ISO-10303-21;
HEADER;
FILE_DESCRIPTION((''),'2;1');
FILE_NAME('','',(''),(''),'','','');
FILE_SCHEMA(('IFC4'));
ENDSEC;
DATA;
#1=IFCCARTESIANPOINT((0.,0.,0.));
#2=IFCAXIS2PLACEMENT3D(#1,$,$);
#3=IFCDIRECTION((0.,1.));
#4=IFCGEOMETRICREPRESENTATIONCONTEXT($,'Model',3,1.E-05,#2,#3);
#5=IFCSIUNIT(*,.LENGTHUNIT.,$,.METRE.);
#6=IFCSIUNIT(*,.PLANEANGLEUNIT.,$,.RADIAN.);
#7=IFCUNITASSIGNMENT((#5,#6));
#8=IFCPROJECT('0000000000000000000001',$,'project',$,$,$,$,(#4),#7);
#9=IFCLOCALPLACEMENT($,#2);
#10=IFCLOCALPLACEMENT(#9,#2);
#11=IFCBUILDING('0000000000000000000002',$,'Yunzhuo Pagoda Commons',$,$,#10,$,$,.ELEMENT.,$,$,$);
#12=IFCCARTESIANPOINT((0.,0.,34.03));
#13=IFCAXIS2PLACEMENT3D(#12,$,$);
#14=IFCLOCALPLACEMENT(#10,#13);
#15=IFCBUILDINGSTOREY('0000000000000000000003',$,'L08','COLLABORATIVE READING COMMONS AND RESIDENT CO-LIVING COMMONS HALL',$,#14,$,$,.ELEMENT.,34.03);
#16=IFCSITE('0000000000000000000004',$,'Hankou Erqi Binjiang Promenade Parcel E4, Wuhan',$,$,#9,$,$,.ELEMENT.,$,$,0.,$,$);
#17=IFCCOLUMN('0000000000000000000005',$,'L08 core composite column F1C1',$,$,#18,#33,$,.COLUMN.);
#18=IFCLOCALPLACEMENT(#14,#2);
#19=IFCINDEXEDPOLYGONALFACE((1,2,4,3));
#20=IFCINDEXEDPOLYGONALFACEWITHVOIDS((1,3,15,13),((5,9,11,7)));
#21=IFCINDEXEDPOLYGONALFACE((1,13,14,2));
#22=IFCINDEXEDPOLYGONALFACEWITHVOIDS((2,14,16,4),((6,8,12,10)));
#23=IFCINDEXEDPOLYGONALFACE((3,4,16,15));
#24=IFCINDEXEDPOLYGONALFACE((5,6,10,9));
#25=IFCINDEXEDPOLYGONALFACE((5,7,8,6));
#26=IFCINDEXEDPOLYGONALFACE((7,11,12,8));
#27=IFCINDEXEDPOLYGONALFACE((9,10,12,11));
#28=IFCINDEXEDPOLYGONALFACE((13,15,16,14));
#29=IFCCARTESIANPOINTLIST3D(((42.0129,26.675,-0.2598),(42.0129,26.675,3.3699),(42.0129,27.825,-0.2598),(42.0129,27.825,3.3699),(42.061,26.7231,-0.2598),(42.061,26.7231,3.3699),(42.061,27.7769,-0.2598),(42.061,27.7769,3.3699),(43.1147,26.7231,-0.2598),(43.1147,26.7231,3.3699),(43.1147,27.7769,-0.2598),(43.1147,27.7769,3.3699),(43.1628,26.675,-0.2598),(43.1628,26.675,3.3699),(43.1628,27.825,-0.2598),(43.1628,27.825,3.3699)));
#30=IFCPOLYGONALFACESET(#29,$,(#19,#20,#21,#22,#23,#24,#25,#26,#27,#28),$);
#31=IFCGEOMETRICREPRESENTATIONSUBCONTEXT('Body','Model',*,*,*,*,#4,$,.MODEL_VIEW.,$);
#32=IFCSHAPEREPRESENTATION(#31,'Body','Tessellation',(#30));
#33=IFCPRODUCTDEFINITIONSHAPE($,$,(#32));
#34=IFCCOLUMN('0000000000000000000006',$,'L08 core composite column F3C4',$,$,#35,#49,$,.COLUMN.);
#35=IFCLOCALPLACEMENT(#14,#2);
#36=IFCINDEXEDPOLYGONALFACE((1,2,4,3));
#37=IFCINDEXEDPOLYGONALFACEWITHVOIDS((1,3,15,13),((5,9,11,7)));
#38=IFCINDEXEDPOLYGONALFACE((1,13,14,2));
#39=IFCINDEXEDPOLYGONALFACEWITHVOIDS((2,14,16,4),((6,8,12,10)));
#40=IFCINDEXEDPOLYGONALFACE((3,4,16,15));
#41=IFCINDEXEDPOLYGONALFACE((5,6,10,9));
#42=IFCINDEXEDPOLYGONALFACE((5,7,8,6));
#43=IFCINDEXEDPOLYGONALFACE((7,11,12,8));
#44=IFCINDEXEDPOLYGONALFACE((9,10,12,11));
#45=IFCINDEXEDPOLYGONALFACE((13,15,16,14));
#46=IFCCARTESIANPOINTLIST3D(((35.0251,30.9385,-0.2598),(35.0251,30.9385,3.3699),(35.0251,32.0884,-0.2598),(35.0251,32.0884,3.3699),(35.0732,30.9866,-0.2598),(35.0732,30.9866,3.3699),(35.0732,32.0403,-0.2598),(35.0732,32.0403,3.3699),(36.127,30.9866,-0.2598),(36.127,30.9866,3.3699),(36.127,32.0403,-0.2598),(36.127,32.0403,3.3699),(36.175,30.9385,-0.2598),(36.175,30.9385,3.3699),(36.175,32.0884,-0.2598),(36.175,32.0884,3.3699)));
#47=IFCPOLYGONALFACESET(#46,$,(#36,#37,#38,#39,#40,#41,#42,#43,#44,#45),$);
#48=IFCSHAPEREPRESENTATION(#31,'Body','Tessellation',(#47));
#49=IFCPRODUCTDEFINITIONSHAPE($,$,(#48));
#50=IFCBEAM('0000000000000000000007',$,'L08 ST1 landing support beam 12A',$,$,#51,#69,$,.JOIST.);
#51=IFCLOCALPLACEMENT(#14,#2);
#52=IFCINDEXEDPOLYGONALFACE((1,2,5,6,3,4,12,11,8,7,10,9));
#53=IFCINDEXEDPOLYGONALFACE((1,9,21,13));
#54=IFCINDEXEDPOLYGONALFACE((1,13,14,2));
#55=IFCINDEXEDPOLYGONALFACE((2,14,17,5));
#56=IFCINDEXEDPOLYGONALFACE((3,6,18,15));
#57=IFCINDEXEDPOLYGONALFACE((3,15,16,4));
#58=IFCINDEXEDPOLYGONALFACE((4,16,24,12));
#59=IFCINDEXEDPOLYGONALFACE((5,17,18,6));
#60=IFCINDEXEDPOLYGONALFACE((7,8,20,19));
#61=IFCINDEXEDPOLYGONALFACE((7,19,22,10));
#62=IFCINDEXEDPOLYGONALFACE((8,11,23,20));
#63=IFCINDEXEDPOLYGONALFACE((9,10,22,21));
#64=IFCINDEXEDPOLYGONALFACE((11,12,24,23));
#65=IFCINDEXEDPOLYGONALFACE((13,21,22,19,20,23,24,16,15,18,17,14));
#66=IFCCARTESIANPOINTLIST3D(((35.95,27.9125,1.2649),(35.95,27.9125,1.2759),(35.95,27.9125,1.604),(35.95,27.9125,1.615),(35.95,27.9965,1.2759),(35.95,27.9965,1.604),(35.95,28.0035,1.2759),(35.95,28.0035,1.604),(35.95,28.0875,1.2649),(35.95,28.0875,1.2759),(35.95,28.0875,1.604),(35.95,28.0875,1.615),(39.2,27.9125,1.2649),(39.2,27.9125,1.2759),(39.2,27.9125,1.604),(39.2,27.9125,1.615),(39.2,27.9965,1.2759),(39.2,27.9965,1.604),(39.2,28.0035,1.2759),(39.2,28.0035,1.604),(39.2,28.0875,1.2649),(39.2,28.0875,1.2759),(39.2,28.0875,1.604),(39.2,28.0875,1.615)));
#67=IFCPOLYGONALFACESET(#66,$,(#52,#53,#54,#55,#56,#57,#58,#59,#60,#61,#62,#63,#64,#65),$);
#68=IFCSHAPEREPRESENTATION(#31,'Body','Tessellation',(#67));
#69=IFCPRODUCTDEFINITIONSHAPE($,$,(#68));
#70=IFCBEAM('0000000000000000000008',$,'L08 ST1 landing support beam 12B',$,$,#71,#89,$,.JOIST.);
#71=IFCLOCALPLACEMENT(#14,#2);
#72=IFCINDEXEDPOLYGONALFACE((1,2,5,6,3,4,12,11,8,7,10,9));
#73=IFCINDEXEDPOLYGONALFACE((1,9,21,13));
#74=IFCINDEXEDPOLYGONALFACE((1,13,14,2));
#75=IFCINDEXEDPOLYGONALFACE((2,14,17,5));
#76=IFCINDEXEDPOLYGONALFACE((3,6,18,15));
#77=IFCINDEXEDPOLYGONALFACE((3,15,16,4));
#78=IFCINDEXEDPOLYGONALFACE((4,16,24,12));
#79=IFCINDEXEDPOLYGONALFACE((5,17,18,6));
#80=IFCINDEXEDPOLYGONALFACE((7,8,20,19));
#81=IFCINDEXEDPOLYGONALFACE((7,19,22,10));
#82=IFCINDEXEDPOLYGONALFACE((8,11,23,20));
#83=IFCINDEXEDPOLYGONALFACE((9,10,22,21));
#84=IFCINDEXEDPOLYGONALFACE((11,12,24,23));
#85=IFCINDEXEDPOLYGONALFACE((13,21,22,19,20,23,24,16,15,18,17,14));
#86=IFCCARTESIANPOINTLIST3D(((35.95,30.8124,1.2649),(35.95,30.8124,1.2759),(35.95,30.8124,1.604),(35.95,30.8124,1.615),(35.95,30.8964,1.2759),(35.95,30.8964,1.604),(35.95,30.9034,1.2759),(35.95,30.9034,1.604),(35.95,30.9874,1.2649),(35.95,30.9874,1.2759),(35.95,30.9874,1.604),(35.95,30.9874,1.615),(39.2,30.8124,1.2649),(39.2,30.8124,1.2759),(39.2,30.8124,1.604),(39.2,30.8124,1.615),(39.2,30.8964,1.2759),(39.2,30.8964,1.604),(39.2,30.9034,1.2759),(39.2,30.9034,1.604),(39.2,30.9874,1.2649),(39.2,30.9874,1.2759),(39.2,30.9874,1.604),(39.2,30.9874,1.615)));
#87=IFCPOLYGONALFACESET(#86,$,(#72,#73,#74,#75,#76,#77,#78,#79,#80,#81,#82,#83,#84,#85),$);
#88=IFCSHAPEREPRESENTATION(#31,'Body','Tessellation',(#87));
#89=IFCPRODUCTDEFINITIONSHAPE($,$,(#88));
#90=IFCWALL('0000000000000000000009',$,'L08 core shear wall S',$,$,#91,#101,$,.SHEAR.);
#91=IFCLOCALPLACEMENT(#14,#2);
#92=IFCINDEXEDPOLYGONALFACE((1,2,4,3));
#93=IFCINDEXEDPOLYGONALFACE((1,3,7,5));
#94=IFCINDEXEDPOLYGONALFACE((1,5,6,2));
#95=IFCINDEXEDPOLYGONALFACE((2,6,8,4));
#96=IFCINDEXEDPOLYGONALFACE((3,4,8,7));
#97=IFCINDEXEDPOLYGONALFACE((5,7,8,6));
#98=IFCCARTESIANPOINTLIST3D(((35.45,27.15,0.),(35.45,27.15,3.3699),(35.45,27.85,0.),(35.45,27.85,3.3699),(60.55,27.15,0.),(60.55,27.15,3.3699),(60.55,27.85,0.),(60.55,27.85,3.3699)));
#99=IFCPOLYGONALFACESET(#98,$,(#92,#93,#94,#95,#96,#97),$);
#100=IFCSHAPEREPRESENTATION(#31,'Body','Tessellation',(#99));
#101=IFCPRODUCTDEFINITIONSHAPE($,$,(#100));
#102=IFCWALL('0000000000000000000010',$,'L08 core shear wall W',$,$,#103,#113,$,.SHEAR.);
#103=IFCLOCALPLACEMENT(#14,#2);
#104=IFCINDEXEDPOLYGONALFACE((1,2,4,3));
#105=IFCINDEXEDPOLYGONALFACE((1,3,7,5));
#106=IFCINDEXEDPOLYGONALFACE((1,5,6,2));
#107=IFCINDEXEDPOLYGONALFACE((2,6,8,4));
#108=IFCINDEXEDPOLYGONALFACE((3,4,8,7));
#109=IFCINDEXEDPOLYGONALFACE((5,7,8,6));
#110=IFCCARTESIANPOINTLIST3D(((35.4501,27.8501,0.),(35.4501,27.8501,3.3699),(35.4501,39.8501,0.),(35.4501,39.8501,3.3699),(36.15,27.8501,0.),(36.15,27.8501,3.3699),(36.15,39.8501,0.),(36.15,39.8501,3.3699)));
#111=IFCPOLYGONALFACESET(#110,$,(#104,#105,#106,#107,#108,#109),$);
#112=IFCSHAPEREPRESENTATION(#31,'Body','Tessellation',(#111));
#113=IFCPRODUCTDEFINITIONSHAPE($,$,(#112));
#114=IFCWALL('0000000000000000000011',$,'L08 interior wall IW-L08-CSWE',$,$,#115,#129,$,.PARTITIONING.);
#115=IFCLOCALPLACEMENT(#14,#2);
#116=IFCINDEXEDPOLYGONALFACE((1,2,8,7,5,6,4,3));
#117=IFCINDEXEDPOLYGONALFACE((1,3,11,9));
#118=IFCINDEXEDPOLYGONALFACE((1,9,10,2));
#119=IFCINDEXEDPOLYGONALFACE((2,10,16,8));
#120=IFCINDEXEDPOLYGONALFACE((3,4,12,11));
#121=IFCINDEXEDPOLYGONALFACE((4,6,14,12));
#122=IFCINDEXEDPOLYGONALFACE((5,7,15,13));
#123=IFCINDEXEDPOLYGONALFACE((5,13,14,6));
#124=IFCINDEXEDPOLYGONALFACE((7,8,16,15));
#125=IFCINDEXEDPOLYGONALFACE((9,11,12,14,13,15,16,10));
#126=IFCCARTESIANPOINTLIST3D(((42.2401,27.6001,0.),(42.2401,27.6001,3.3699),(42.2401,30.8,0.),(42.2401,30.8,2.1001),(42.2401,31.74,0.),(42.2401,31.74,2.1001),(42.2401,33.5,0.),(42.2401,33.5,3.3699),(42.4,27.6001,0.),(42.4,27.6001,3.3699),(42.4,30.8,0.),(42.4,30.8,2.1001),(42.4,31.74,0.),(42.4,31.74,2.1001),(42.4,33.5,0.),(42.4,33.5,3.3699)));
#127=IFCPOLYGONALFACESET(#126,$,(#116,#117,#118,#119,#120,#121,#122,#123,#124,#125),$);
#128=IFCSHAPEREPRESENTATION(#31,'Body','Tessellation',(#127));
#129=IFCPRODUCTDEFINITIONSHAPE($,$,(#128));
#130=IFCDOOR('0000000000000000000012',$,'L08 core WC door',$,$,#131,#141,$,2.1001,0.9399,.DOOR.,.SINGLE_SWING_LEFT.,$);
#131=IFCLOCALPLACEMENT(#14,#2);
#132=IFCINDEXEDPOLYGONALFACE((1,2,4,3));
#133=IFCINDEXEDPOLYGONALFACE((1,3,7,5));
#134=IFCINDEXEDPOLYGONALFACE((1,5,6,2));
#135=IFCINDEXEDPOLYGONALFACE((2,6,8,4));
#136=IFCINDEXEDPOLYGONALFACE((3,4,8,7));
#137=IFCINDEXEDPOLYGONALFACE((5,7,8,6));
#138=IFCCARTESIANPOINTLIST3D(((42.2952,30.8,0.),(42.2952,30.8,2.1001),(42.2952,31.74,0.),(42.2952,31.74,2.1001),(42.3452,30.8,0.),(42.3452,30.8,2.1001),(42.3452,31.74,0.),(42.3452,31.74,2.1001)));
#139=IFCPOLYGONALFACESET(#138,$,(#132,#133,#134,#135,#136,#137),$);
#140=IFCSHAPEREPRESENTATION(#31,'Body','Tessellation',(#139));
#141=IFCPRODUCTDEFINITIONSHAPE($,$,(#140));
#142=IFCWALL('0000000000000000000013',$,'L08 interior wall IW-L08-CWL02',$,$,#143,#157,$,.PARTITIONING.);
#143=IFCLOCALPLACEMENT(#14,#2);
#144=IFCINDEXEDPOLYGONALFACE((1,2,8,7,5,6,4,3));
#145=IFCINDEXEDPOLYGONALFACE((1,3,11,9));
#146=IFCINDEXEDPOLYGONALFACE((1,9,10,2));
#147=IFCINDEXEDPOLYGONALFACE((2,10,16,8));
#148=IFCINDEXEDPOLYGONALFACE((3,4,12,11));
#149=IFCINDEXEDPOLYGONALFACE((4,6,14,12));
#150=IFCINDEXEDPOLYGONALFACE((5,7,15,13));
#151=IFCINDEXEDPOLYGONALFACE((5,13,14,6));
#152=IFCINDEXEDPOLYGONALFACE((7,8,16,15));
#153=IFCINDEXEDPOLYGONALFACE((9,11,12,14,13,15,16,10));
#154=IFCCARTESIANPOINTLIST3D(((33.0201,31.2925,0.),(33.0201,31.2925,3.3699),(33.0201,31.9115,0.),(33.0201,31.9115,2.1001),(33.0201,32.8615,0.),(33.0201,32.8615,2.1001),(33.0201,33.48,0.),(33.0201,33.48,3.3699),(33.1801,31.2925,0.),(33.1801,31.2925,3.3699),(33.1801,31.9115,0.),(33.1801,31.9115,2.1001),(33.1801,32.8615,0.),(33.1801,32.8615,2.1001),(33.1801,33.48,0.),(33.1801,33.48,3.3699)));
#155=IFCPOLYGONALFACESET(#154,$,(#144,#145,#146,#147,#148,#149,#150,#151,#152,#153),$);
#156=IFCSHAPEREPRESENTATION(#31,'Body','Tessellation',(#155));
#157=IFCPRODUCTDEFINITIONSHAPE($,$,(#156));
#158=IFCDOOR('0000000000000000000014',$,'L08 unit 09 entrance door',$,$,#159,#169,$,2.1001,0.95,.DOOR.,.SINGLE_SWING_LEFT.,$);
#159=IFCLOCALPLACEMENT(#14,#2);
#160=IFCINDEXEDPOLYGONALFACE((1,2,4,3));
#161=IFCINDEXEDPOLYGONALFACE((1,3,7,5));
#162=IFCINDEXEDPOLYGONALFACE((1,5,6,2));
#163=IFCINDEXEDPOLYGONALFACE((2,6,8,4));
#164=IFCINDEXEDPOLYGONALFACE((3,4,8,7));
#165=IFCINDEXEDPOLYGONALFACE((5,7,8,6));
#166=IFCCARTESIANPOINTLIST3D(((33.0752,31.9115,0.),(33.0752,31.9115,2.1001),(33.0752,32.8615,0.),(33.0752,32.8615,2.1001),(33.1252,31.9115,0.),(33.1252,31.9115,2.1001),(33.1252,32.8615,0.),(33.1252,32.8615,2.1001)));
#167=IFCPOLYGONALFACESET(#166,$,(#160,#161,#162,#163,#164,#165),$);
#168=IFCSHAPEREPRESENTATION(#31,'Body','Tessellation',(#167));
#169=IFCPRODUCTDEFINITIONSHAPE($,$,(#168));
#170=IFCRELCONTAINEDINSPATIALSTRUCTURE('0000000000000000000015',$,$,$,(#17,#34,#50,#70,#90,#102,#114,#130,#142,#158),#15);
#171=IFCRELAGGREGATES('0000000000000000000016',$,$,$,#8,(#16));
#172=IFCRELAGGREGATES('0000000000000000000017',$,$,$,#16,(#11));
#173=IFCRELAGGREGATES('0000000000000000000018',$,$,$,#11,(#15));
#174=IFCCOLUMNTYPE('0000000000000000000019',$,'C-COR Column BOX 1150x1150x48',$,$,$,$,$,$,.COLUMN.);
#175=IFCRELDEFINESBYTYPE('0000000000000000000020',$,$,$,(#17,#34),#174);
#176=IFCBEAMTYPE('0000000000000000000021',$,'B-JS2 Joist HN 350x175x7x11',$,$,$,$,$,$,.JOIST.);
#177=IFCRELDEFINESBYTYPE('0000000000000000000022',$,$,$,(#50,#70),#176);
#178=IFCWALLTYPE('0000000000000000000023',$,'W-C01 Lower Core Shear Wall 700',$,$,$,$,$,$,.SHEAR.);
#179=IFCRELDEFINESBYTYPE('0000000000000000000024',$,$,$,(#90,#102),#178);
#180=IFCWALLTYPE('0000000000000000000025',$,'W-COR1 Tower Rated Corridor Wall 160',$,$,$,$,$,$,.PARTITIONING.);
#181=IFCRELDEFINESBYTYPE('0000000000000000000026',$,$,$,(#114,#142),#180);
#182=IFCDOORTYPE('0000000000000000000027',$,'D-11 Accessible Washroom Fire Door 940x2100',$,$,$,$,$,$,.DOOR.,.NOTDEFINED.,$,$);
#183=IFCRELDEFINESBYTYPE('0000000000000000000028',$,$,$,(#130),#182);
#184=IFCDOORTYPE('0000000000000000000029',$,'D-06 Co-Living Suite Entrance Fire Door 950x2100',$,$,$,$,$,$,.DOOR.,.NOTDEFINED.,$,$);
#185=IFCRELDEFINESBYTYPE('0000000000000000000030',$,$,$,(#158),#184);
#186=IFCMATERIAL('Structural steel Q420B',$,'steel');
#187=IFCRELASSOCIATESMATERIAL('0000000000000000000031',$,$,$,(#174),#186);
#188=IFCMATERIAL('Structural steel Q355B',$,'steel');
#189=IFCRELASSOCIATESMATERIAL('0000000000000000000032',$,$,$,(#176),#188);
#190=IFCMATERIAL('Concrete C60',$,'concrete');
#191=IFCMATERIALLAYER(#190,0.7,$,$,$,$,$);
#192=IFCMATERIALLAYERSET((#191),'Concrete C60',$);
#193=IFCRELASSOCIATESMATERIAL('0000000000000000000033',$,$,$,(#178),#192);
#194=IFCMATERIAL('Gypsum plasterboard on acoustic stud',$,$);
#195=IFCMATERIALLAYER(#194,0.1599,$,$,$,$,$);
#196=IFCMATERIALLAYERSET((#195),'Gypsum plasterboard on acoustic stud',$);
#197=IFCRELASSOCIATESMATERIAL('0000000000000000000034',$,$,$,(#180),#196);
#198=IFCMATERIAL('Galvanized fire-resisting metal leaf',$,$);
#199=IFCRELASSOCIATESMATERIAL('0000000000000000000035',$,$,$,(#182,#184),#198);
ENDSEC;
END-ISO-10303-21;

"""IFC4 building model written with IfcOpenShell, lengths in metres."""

from ifc_helpers import new_model, si_unit, direction, frame, frame_2d, origin, origin_with_axes, origin_2d, place, context, subcontext, project, spatial, rectangle, hollow_rectangle, i_section, extrude, source, transform, mapped, material, layer, layer_set, material_profile, profile_set, type_object, element, fill, save


model = new_model("IFC4")

# Units and contexts
model_context = context("Model", 3, precision=1e-05, world=origin(), true_north=direction((0.0, 1.0)))
body_context = subcontext(model_context, "Body", "Model", "MODEL_VIEW")
ifc_project = project(units=[si_unit("LENGTHUNIT", "METRE"), si_unit("PLANEANGLEUNIT", "RADIAN")], contexts=[model_context])

# Site, building, storey
site_placement = place(None, origin())
site = spatial("IfcSite", under=ifc_project, at=site_placement, Name="Hankou Erqi Binjiang Promenade Parcel E4, Wuhan", CompositionType="ELEMENT", RefElevation=0.0)
building_placement = place(site_placement, origin())
building = spatial("IfcBuilding", under=site, at=building_placement, Name="Yunzhuo Pagoda Commons", CompositionType="ELEMENT")
storey_placement = place(building_placement, frame((0.0, 0.0, 34.03)))
storey = spatial("IfcBuildingStorey", under=building, at=storey_placement, Name="L08", Description="COLLABORATIVE READING COMMONS AND RESIDENT CO-LIVING COMMONS HALL", CompositionType="ELEMENT", Elevation=34.03)

# Columns
ifc_material_1 = material(Name="Structural steel Q420B", Category="steel")
ifc_material_profile_1 = material_profile(ifc_material_1, hollow_rectangle(XDim=1.1499, YDim=1.1499, WallThickness=0.0481, at=origin_2d()), Name="Structural steel Q420B")
ifc_profile_set_1 = profile_set([ifc_material_profile_1], Name="Structural steel Q420B")
column_type = type_object("IfcColumnType", Name="C-COR Column BOX 1150x1150x48", PredefinedType="COLUMN", material=ifc_profile_set_1)
shared_shape_1 = source(origin(), body_context, "Body", "SweptSolid", [
    extrude(hollow_rectangle(XDim=1.1499, YDim=1.1499, WallThickness=0.0481, at=origin_2d()), origin(), (0.0, 0.0, 1.0), 3.6296),
])
for number, where, z_axis, x_axis, name in (
    (1, (42.5879, 27.25, -0.2598), (0.0, 0.0, 1.0), (1.0, 0.0, 0.0), "L08 core composite column F1C1"),
    (2, (35.6001, 31.5134, -0.2598), (0.0, 0.0, 1.0), (1.0, 0.0, 0.0), "L08 core composite column F3C4"),
):
    element("IfcColumn", number, at=place(storey_placement, frame(where, z_axis=z_axis, x_axis=x_axis)), inside=storey, type_object=column_type, Name=name, PredefinedType="COLUMN", context=body_context, shape_type="MappedRepresentation", body=[
        mapped(shared_shape_1, transform((0.0, 0.0, 0.0), scale=1.0)),
    ])

# Beams
ifc_material_2 = material(Name="Structural steel Q355B", Category="steel")
ifc_material_profile_2 = material_profile(ifc_material_2, i_section(OverallWidth=0.175, OverallDepth=0.3501, WebThickness=0.0071, FlangeThickness=0.011, at=origin_2d()), Name="Structural steel Q355B")
ifc_profile_set_2 = profile_set([ifc_material_profile_2], Name="Structural steel Q355B")
beam_type = type_object("IfcBeamType", Name="B-JS2 Joist HN 350x175x7x11", PredefinedType="JOIST", material=ifc_profile_set_2)
shared_shape_2 = source(origin(), body_context, "Body", "SweptSolid", [
    extrude(i_section(OverallWidth=0.175, OverallDepth=0.3501, WebThickness=0.0071, FlangeThickness=0.011, at=origin_2d()), origin(), (0.0, 0.0, 1.0), 3.25),
])
for number, where, z_axis, x_axis, name in (
    (3, (35.95, 28.0, 1.4399), (1.0, 0.0, 0.0), (0.0, 1.0, 0.0), "L08 ST1 landing support beam 12A"),
    (4, (35.95, 30.8999, 1.4399), (1.0, 0.0, 0.0), (0.0, 1.0, 0.0), "L08 ST1 landing support beam 12B"),
):
    element("IfcBeam", number, at=place(storey_placement, frame(where, z_axis=z_axis, x_axis=x_axis)), inside=storey, type_object=beam_type, Name=name, PredefinedType="JOIST", context=body_context, shape_type="MappedRepresentation", body=[
        mapped(shared_shape_2, transform((0.0, 0.0, 0.0), scale=1.0)),
    ])

# Walls
ifc_material_3 = material(Name="Concrete C60", Category="concrete")
ifc_layer_1 = layer(ifc_material_3, 0.7)
ifc_layer_set_1 = layer_set([ifc_layer_1], Name="Concrete C60")
wall_type_1 = type_object("IfcWallType", Name="W-C01 Lower Core Shear Wall 700", PredefinedType="SHEAR", material=ifc_layer_set_1)
wall_1_placement = place(storey_placement, frame((35.45, 27.5, 0.0), z_axis=(0.0, 0.0, 1.0), x_axis=(1.0, 0.0, 0.0)))
element("IfcWall", 5, at=wall_1_placement, inside=storey, type_object=wall_type_1, Name="L08 core shear wall S", PredefinedType="SHEAR", context=body_context, shape_type="SweptSolid", body=[
    extrude(rectangle(XDim=25.1001, YDim=0.7, at=frame_2d((12.55, 0.0))), origin(), (0.0, 0.0, 1.0), 3.3699),
])
wall_2_placement = place(storey_placement, frame((35.8, 27.8501, 0.0), z_axis=(0.0, 0.0, 1.0), x_axis=(0.0, 1.0, 0.0)))
element("IfcWall", 6, at=wall_2_placement, inside=storey, type_object=wall_type_1, Name="L08 core shear wall W", PredefinedType="SHEAR", context=body_context, shape_type="SweptSolid", body=[
    extrude(rectangle(XDim=12.0, YDim=0.7, at=frame_2d((6.0, 0.0))), origin(), (0.0, 0.0, 1.0), 3.3699),
])

# Walls, openings, doors
ifc_material_4 = material(Name="Gypsum plasterboard on acoustic stud")
ifc_layer_2 = layer(ifc_material_4, 0.1599)
ifc_layer_set_2 = layer_set([ifc_layer_2], Name="Gypsum plasterboard on acoustic stud")
wall_type_2 = type_object("IfcWallType", Name="W-COR1 Tower Rated Corridor Wall 160", PredefinedType="PARTITIONING", material=ifc_layer_set_2)
wall_3_placement = place(storey_placement, frame((42.3201, 27.6001, 0.0), z_axis=(0.0, 0.0, 1.0), x_axis=(0.0, 1.0, 0.0)))
wall_3 = element("IfcWall", 7, at=wall_3_placement, inside=storey, type_object=wall_type_2, Name="L08 interior wall IW-L08-CSWE", PredefinedType="PARTITIONING", context=body_context, shape_type="SweptSolid", body=[
    extrude(rectangle(XDim=5.8999, YDim=0.1599, at=frame_2d((2.95, 0.0))), origin(), (0.0, 0.0, 1.0), 3.3699),
])
opening_1_placement = place(wall_3_placement, frame((3.2, 0.0, 0.0)))
opening_1 = element("IfcOpeningElement", 8, at=opening_1_placement, cuts=wall_3, PredefinedType="OPENING", context=body_context, shape_type="SweptSolid", body=[
    extrude(rectangle(XDim=0.9399, YDim=2.1001, at=frame_2d((0.47, 1.05))), frame((0.0, 0.0898, 0.0), z_axis=(0.0, -1.0, 0.0), x_axis=(1.0, 0.0, 0.0)), (0.0, 0.0, 1.0), 0.1799),
])
ifc_material_5 = material(Name="Galvanized fire-resisting metal leaf")
door_type_1 = type_object("IfcDoorType", Name="D-11 Accessible Washroom Fire Door 940x2100", OperationType="NOTDEFINED", PredefinedType="DOOR", material=ifc_material_5)
shared_shape_3 = source(origin(), body_context, "Body", "SweptSolid", [
    extrude(rectangle(XDim=0.9399, YDim=2.1001, at=frame_2d((0.47, 1.05))), frame((0.0, 0.0249, 0.0), z_axis=(0.0, -1.0, 0.0), x_axis=(1.0, 0.0, 0.0)), (0.0, 0.0, 1.0), 0.05),
])
door_1_placement = place(opening_1_placement, origin_with_axes())
door_1 = element("IfcDoor", 9, at=door_1_placement, inside=storey, type_object=door_type_1, Name="L08 core WC door", OperationType="SINGLE_SWING_LEFT", OverallHeight=2.1001, OverallWidth=0.9399, PredefinedType="DOOR", context=body_context, shape_type="MappedRepresentation", body=[
    mapped(shared_shape_3, transform((0.0, 0.0, 0.0), scale=1.0)),
])
fill(opening_1, door_1)
wall_4_placement = place(storey_placement, frame((33.1001, 31.2925, 0.0), z_axis=(0.0, 0.0, 1.0), x_axis=(0.0, 1.0, 0.0)))
wall_4 = element("IfcWall", 10, at=wall_4_placement, inside=storey, type_object=wall_type_2, Name="L08 interior wall IW-L08-CWL02", PredefinedType="PARTITIONING", context=body_context, shape_type="SweptSolid", body=[
    extrude(rectangle(XDim=2.1875, YDim=0.1599, at=frame_2d((1.0938, 0.0))), origin(), (0.0, 0.0, 1.0), 3.3699),
])
opening_2_placement = place(wall_4_placement, frame((0.6189, 0.0, 0.0)))
opening_2 = element("IfcOpeningElement", 11, at=opening_2_placement, cuts=wall_4, PredefinedType="OPENING", context=body_context, shape_type="SweptSolid", body=[
    extrude(rectangle(XDim=0.95, YDim=2.1001, at=frame_2d((0.4751, 1.05))), frame((0.0, 0.0898, 0.0), z_axis=(0.0, -1.0, 0.0), x_axis=(1.0, 0.0, 0.0)), (0.0, 0.0, 1.0), 0.1799),
])
door_type_2 = type_object("IfcDoorType", Name="D-06 Co-Living Suite Entrance Fire Door 950x2100", OperationType="NOTDEFINED", PredefinedType="DOOR", material=ifc_material_5)
shared_shape_4 = source(origin(), body_context, "Body", "SweptSolid", [
    extrude(rectangle(XDim=0.95, YDim=2.1001, at=frame_2d((0.4751, 1.05))), frame((0.0, 0.0249, 0.0), z_axis=(0.0, -1.0, 0.0), x_axis=(1.0, 0.0, 0.0)), (0.0, 0.0, 1.0), 0.05),
])
door_2_placement = place(opening_2_placement, origin_with_axes())
door_2 = element("IfcDoor", 12, at=door_2_placement, inside=storey, type_object=door_type_2, Name="L08 unit 09 entrance door", OperationType="SINGLE_SWING_LEFT", OverallHeight=2.1001, OverallWidth=0.95, PredefinedType="DOOR", context=body_context, shape_type="MappedRepresentation", body=[
    mapped(shared_shape_4, transform((0.0, 0.0, 0.0), scale=1.0)),
])
fill(opening_2, door_2)

save(model, "model.ifc")
